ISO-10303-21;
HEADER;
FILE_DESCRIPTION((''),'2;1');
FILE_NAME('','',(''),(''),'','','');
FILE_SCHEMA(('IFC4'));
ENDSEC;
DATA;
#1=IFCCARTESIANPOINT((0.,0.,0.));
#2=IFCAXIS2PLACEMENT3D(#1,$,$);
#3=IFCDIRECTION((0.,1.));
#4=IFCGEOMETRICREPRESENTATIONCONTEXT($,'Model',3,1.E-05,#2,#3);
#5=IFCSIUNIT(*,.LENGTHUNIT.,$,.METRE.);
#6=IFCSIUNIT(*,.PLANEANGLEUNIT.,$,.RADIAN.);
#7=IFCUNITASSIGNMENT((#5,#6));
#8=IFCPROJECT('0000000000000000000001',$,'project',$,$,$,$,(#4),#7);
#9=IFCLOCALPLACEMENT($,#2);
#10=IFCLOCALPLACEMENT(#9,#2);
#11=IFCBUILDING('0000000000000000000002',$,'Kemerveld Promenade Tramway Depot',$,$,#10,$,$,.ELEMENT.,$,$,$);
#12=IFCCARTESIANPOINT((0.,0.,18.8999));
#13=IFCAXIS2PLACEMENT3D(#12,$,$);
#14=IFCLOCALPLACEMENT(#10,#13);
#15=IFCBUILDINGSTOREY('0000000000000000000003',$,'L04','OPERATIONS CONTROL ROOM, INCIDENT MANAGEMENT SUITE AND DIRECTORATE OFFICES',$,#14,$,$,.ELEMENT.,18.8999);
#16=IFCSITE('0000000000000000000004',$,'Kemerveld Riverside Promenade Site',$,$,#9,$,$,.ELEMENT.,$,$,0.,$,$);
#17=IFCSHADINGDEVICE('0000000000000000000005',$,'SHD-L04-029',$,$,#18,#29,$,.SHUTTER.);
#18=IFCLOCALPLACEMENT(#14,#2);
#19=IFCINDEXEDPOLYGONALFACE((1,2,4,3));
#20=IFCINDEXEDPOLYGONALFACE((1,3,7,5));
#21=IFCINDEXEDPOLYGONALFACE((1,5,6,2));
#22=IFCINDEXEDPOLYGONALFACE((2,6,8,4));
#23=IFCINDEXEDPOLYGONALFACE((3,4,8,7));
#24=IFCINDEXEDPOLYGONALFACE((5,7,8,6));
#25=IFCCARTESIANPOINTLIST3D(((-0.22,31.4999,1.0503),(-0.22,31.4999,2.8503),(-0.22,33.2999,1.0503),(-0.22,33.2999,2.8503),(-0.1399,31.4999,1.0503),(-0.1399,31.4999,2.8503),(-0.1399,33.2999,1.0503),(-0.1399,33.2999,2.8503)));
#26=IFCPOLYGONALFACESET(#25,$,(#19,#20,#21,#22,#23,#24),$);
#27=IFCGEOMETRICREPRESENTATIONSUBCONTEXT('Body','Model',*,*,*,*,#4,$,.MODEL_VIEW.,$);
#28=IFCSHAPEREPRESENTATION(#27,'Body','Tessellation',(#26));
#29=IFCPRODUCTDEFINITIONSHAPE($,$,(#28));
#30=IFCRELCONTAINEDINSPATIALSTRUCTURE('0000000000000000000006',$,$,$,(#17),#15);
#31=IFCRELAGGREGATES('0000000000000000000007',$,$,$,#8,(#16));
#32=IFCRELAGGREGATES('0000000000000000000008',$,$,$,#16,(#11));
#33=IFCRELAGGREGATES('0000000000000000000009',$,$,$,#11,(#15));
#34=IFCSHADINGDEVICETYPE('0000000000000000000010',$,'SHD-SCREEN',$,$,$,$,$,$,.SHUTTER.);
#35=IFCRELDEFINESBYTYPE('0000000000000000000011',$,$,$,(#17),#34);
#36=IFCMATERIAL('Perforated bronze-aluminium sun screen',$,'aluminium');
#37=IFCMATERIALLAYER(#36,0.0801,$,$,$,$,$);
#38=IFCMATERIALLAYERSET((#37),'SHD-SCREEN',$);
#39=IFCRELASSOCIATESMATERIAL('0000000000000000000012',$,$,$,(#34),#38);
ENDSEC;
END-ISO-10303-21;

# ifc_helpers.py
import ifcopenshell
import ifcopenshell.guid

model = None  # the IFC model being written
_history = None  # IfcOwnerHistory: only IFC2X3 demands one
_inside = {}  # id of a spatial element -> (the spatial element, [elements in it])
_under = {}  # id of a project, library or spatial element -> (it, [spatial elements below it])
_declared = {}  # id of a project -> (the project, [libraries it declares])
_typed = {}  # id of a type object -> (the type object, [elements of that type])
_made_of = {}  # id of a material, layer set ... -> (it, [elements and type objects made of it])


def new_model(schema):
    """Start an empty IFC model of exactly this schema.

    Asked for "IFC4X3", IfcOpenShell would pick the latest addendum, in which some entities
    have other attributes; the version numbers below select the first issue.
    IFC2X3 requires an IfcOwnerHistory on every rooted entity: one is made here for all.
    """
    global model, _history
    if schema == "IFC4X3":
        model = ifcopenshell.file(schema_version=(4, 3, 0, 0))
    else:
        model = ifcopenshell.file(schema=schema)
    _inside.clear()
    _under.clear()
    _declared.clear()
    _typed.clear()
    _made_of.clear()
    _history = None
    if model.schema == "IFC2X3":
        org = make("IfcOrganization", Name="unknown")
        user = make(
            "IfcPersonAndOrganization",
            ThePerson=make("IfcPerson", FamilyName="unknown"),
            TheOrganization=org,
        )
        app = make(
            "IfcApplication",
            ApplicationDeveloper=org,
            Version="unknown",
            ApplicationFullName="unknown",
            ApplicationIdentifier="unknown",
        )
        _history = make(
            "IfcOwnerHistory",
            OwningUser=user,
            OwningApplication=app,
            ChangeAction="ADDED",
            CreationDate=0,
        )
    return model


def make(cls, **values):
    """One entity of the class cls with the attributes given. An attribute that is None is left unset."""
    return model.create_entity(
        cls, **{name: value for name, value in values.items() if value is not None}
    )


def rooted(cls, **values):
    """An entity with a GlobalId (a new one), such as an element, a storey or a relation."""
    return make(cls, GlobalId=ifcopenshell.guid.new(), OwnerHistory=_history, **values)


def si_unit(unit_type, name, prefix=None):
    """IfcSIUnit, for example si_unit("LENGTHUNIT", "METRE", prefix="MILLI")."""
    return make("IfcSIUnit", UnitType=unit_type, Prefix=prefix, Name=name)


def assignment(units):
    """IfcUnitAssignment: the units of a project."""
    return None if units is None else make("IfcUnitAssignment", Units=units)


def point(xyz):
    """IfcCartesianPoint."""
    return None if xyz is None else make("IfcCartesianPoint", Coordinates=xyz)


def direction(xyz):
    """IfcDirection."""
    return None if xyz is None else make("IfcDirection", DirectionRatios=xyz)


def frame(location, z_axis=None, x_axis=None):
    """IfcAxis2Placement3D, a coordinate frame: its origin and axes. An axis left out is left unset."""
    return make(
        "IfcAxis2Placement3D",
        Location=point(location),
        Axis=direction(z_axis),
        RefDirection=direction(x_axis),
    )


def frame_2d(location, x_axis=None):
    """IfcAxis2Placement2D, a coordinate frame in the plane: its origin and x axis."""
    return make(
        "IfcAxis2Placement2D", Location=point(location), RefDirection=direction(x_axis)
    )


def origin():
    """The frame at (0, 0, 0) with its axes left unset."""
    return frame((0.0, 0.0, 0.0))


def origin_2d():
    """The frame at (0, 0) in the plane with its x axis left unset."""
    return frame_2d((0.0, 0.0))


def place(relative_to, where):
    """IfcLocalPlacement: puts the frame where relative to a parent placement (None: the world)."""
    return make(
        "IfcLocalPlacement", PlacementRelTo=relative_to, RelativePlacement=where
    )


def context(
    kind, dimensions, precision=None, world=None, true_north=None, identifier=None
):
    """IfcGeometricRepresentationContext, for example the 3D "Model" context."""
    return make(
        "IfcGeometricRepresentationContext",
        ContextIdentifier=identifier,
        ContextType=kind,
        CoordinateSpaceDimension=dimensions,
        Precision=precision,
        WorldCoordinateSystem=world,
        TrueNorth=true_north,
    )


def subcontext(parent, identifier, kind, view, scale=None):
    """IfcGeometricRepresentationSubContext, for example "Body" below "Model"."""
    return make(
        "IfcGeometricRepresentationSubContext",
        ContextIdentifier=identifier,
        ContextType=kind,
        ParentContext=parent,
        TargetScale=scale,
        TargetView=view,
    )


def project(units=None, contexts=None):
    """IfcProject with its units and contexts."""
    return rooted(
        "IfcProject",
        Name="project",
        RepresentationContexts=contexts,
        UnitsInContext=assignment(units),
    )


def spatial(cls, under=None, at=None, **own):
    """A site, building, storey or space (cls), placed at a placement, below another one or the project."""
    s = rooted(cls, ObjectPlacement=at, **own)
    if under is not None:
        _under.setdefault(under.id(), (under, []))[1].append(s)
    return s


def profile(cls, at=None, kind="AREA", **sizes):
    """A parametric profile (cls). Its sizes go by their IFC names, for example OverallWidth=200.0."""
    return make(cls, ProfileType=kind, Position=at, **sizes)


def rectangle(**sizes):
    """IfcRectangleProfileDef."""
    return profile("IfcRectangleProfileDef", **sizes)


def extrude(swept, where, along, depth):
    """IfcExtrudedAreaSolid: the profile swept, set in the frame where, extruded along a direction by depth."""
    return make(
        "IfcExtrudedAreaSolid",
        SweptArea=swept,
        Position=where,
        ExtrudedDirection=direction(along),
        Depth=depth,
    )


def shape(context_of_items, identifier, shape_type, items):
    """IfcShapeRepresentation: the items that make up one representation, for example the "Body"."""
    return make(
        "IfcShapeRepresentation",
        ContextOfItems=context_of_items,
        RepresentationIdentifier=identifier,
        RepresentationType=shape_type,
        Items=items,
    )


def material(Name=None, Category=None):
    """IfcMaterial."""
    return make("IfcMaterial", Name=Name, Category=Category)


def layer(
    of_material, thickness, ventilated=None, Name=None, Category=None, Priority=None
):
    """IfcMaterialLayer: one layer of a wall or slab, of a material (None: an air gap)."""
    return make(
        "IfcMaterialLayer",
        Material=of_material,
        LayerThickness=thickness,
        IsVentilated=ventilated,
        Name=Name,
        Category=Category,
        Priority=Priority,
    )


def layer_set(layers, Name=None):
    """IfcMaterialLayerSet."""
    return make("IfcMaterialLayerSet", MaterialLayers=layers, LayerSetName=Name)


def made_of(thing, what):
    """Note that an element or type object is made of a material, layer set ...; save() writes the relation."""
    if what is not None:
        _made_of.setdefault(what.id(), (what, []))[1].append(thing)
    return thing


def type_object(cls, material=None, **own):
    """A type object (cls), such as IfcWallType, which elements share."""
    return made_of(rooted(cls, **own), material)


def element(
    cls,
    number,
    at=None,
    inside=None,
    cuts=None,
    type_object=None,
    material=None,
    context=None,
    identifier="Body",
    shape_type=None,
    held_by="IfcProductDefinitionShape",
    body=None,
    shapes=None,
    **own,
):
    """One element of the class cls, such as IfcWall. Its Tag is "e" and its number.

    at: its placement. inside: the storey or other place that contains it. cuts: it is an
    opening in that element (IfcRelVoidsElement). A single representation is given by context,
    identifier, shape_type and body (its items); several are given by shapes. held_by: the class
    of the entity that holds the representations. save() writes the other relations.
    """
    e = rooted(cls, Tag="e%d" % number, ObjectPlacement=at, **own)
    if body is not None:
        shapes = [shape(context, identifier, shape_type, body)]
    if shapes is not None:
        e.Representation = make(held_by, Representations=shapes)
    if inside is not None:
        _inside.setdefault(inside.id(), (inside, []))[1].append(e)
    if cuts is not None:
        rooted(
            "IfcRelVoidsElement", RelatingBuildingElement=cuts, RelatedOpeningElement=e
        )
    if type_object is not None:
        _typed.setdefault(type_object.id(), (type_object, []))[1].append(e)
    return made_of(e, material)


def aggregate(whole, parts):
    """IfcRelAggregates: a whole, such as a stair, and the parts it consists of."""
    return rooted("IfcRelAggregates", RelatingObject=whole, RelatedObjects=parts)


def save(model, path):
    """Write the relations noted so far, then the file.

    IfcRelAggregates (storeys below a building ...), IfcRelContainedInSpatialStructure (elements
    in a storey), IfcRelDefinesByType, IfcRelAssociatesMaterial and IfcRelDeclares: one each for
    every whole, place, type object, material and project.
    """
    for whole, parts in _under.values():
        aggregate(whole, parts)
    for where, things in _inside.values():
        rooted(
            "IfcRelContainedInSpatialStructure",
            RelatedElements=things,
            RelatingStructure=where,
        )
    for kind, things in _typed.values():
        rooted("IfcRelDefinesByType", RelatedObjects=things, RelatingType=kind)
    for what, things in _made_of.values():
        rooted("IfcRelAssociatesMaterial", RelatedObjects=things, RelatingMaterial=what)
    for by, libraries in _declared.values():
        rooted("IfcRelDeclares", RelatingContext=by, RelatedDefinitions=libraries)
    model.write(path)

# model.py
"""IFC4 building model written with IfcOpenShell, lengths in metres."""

from ifc_helpers import new_model, si_unit, direction, frame, origin, origin_2d, place, context, subcontext, project, spatial, rectangle, extrude, material, layer, layer_set, type_object, element, save


model = new_model("IFC4")

# Units and contexts
model_context = context("Model", 3, precision=1e-05, world=origin(), true_north=direction((0.0, 1.0)))
body_context = subcontext(model_context, "Body", "Model", "MODEL_VIEW")
ifc_project = project(units=[si_unit("LENGTHUNIT", "METRE"), si_unit("PLANEANGLEUNIT", "RADIAN")], contexts=[model_context])

# Site, building, storey
site_placement = place(None, origin())
site = spatial("IfcSite", under=ifc_project, at=site_placement, Name="Kemerveld Riverside Promenade Site", CompositionType="ELEMENT", RefElevation=0.0)
building_placement = place(site_placement, origin())
building = spatial("IfcBuilding", under=site, at=building_placement, Name="Kemerveld Promenade Tramway Depot", CompositionType="ELEMENT")
storey_placement = place(building_placement, frame((0.0, 0.0, 18.8999)))
storey = spatial("IfcBuildingStorey", under=building, at=storey_placement, Name="L04", Description="OPERATIONS CONTROL ROOM, INCIDENT MANAGEMENT SUITE AND DIRECTORATE OFFICES", CompositionType="ELEMENT", Elevation=18.8999)

# Shading device
ifc_material_1 = material(Name="Perforated bronze-aluminium sun screen", Category="aluminium")
ifc_layer_1 = layer(ifc_material_1, 0.0801)
ifc_layer_set_1 = layer_set([ifc_layer_1], Name="SHD-SCREEN")
shading_device_type = type_object("IfcShadingDeviceType", Name="SHD-SCREEN", PredefinedType="SHUTTER", material=ifc_layer_set_1)
shading_device_placement = place(storey_placement, frame((-0.1799, 32.3999, 1.0503), z_axis=(0.0, 0.0, 1.0), x_axis=(1.0, 0.0, 0.0)))
element("IfcShadingDevice", 1, at=shading_device_placement, inside=storey, type_object=shading_device_type, Name="SHD-L04-029", PredefinedType="SHUTTER", context=body_context, shape_type="SweptSolid", body=[
    extrude(rectangle(XDim=0.0801, YDim=1.8, at=origin_2d()), origin(), (0.0, 0.0, 1.0), 1.8),
])

save(model, "model.ifc")
